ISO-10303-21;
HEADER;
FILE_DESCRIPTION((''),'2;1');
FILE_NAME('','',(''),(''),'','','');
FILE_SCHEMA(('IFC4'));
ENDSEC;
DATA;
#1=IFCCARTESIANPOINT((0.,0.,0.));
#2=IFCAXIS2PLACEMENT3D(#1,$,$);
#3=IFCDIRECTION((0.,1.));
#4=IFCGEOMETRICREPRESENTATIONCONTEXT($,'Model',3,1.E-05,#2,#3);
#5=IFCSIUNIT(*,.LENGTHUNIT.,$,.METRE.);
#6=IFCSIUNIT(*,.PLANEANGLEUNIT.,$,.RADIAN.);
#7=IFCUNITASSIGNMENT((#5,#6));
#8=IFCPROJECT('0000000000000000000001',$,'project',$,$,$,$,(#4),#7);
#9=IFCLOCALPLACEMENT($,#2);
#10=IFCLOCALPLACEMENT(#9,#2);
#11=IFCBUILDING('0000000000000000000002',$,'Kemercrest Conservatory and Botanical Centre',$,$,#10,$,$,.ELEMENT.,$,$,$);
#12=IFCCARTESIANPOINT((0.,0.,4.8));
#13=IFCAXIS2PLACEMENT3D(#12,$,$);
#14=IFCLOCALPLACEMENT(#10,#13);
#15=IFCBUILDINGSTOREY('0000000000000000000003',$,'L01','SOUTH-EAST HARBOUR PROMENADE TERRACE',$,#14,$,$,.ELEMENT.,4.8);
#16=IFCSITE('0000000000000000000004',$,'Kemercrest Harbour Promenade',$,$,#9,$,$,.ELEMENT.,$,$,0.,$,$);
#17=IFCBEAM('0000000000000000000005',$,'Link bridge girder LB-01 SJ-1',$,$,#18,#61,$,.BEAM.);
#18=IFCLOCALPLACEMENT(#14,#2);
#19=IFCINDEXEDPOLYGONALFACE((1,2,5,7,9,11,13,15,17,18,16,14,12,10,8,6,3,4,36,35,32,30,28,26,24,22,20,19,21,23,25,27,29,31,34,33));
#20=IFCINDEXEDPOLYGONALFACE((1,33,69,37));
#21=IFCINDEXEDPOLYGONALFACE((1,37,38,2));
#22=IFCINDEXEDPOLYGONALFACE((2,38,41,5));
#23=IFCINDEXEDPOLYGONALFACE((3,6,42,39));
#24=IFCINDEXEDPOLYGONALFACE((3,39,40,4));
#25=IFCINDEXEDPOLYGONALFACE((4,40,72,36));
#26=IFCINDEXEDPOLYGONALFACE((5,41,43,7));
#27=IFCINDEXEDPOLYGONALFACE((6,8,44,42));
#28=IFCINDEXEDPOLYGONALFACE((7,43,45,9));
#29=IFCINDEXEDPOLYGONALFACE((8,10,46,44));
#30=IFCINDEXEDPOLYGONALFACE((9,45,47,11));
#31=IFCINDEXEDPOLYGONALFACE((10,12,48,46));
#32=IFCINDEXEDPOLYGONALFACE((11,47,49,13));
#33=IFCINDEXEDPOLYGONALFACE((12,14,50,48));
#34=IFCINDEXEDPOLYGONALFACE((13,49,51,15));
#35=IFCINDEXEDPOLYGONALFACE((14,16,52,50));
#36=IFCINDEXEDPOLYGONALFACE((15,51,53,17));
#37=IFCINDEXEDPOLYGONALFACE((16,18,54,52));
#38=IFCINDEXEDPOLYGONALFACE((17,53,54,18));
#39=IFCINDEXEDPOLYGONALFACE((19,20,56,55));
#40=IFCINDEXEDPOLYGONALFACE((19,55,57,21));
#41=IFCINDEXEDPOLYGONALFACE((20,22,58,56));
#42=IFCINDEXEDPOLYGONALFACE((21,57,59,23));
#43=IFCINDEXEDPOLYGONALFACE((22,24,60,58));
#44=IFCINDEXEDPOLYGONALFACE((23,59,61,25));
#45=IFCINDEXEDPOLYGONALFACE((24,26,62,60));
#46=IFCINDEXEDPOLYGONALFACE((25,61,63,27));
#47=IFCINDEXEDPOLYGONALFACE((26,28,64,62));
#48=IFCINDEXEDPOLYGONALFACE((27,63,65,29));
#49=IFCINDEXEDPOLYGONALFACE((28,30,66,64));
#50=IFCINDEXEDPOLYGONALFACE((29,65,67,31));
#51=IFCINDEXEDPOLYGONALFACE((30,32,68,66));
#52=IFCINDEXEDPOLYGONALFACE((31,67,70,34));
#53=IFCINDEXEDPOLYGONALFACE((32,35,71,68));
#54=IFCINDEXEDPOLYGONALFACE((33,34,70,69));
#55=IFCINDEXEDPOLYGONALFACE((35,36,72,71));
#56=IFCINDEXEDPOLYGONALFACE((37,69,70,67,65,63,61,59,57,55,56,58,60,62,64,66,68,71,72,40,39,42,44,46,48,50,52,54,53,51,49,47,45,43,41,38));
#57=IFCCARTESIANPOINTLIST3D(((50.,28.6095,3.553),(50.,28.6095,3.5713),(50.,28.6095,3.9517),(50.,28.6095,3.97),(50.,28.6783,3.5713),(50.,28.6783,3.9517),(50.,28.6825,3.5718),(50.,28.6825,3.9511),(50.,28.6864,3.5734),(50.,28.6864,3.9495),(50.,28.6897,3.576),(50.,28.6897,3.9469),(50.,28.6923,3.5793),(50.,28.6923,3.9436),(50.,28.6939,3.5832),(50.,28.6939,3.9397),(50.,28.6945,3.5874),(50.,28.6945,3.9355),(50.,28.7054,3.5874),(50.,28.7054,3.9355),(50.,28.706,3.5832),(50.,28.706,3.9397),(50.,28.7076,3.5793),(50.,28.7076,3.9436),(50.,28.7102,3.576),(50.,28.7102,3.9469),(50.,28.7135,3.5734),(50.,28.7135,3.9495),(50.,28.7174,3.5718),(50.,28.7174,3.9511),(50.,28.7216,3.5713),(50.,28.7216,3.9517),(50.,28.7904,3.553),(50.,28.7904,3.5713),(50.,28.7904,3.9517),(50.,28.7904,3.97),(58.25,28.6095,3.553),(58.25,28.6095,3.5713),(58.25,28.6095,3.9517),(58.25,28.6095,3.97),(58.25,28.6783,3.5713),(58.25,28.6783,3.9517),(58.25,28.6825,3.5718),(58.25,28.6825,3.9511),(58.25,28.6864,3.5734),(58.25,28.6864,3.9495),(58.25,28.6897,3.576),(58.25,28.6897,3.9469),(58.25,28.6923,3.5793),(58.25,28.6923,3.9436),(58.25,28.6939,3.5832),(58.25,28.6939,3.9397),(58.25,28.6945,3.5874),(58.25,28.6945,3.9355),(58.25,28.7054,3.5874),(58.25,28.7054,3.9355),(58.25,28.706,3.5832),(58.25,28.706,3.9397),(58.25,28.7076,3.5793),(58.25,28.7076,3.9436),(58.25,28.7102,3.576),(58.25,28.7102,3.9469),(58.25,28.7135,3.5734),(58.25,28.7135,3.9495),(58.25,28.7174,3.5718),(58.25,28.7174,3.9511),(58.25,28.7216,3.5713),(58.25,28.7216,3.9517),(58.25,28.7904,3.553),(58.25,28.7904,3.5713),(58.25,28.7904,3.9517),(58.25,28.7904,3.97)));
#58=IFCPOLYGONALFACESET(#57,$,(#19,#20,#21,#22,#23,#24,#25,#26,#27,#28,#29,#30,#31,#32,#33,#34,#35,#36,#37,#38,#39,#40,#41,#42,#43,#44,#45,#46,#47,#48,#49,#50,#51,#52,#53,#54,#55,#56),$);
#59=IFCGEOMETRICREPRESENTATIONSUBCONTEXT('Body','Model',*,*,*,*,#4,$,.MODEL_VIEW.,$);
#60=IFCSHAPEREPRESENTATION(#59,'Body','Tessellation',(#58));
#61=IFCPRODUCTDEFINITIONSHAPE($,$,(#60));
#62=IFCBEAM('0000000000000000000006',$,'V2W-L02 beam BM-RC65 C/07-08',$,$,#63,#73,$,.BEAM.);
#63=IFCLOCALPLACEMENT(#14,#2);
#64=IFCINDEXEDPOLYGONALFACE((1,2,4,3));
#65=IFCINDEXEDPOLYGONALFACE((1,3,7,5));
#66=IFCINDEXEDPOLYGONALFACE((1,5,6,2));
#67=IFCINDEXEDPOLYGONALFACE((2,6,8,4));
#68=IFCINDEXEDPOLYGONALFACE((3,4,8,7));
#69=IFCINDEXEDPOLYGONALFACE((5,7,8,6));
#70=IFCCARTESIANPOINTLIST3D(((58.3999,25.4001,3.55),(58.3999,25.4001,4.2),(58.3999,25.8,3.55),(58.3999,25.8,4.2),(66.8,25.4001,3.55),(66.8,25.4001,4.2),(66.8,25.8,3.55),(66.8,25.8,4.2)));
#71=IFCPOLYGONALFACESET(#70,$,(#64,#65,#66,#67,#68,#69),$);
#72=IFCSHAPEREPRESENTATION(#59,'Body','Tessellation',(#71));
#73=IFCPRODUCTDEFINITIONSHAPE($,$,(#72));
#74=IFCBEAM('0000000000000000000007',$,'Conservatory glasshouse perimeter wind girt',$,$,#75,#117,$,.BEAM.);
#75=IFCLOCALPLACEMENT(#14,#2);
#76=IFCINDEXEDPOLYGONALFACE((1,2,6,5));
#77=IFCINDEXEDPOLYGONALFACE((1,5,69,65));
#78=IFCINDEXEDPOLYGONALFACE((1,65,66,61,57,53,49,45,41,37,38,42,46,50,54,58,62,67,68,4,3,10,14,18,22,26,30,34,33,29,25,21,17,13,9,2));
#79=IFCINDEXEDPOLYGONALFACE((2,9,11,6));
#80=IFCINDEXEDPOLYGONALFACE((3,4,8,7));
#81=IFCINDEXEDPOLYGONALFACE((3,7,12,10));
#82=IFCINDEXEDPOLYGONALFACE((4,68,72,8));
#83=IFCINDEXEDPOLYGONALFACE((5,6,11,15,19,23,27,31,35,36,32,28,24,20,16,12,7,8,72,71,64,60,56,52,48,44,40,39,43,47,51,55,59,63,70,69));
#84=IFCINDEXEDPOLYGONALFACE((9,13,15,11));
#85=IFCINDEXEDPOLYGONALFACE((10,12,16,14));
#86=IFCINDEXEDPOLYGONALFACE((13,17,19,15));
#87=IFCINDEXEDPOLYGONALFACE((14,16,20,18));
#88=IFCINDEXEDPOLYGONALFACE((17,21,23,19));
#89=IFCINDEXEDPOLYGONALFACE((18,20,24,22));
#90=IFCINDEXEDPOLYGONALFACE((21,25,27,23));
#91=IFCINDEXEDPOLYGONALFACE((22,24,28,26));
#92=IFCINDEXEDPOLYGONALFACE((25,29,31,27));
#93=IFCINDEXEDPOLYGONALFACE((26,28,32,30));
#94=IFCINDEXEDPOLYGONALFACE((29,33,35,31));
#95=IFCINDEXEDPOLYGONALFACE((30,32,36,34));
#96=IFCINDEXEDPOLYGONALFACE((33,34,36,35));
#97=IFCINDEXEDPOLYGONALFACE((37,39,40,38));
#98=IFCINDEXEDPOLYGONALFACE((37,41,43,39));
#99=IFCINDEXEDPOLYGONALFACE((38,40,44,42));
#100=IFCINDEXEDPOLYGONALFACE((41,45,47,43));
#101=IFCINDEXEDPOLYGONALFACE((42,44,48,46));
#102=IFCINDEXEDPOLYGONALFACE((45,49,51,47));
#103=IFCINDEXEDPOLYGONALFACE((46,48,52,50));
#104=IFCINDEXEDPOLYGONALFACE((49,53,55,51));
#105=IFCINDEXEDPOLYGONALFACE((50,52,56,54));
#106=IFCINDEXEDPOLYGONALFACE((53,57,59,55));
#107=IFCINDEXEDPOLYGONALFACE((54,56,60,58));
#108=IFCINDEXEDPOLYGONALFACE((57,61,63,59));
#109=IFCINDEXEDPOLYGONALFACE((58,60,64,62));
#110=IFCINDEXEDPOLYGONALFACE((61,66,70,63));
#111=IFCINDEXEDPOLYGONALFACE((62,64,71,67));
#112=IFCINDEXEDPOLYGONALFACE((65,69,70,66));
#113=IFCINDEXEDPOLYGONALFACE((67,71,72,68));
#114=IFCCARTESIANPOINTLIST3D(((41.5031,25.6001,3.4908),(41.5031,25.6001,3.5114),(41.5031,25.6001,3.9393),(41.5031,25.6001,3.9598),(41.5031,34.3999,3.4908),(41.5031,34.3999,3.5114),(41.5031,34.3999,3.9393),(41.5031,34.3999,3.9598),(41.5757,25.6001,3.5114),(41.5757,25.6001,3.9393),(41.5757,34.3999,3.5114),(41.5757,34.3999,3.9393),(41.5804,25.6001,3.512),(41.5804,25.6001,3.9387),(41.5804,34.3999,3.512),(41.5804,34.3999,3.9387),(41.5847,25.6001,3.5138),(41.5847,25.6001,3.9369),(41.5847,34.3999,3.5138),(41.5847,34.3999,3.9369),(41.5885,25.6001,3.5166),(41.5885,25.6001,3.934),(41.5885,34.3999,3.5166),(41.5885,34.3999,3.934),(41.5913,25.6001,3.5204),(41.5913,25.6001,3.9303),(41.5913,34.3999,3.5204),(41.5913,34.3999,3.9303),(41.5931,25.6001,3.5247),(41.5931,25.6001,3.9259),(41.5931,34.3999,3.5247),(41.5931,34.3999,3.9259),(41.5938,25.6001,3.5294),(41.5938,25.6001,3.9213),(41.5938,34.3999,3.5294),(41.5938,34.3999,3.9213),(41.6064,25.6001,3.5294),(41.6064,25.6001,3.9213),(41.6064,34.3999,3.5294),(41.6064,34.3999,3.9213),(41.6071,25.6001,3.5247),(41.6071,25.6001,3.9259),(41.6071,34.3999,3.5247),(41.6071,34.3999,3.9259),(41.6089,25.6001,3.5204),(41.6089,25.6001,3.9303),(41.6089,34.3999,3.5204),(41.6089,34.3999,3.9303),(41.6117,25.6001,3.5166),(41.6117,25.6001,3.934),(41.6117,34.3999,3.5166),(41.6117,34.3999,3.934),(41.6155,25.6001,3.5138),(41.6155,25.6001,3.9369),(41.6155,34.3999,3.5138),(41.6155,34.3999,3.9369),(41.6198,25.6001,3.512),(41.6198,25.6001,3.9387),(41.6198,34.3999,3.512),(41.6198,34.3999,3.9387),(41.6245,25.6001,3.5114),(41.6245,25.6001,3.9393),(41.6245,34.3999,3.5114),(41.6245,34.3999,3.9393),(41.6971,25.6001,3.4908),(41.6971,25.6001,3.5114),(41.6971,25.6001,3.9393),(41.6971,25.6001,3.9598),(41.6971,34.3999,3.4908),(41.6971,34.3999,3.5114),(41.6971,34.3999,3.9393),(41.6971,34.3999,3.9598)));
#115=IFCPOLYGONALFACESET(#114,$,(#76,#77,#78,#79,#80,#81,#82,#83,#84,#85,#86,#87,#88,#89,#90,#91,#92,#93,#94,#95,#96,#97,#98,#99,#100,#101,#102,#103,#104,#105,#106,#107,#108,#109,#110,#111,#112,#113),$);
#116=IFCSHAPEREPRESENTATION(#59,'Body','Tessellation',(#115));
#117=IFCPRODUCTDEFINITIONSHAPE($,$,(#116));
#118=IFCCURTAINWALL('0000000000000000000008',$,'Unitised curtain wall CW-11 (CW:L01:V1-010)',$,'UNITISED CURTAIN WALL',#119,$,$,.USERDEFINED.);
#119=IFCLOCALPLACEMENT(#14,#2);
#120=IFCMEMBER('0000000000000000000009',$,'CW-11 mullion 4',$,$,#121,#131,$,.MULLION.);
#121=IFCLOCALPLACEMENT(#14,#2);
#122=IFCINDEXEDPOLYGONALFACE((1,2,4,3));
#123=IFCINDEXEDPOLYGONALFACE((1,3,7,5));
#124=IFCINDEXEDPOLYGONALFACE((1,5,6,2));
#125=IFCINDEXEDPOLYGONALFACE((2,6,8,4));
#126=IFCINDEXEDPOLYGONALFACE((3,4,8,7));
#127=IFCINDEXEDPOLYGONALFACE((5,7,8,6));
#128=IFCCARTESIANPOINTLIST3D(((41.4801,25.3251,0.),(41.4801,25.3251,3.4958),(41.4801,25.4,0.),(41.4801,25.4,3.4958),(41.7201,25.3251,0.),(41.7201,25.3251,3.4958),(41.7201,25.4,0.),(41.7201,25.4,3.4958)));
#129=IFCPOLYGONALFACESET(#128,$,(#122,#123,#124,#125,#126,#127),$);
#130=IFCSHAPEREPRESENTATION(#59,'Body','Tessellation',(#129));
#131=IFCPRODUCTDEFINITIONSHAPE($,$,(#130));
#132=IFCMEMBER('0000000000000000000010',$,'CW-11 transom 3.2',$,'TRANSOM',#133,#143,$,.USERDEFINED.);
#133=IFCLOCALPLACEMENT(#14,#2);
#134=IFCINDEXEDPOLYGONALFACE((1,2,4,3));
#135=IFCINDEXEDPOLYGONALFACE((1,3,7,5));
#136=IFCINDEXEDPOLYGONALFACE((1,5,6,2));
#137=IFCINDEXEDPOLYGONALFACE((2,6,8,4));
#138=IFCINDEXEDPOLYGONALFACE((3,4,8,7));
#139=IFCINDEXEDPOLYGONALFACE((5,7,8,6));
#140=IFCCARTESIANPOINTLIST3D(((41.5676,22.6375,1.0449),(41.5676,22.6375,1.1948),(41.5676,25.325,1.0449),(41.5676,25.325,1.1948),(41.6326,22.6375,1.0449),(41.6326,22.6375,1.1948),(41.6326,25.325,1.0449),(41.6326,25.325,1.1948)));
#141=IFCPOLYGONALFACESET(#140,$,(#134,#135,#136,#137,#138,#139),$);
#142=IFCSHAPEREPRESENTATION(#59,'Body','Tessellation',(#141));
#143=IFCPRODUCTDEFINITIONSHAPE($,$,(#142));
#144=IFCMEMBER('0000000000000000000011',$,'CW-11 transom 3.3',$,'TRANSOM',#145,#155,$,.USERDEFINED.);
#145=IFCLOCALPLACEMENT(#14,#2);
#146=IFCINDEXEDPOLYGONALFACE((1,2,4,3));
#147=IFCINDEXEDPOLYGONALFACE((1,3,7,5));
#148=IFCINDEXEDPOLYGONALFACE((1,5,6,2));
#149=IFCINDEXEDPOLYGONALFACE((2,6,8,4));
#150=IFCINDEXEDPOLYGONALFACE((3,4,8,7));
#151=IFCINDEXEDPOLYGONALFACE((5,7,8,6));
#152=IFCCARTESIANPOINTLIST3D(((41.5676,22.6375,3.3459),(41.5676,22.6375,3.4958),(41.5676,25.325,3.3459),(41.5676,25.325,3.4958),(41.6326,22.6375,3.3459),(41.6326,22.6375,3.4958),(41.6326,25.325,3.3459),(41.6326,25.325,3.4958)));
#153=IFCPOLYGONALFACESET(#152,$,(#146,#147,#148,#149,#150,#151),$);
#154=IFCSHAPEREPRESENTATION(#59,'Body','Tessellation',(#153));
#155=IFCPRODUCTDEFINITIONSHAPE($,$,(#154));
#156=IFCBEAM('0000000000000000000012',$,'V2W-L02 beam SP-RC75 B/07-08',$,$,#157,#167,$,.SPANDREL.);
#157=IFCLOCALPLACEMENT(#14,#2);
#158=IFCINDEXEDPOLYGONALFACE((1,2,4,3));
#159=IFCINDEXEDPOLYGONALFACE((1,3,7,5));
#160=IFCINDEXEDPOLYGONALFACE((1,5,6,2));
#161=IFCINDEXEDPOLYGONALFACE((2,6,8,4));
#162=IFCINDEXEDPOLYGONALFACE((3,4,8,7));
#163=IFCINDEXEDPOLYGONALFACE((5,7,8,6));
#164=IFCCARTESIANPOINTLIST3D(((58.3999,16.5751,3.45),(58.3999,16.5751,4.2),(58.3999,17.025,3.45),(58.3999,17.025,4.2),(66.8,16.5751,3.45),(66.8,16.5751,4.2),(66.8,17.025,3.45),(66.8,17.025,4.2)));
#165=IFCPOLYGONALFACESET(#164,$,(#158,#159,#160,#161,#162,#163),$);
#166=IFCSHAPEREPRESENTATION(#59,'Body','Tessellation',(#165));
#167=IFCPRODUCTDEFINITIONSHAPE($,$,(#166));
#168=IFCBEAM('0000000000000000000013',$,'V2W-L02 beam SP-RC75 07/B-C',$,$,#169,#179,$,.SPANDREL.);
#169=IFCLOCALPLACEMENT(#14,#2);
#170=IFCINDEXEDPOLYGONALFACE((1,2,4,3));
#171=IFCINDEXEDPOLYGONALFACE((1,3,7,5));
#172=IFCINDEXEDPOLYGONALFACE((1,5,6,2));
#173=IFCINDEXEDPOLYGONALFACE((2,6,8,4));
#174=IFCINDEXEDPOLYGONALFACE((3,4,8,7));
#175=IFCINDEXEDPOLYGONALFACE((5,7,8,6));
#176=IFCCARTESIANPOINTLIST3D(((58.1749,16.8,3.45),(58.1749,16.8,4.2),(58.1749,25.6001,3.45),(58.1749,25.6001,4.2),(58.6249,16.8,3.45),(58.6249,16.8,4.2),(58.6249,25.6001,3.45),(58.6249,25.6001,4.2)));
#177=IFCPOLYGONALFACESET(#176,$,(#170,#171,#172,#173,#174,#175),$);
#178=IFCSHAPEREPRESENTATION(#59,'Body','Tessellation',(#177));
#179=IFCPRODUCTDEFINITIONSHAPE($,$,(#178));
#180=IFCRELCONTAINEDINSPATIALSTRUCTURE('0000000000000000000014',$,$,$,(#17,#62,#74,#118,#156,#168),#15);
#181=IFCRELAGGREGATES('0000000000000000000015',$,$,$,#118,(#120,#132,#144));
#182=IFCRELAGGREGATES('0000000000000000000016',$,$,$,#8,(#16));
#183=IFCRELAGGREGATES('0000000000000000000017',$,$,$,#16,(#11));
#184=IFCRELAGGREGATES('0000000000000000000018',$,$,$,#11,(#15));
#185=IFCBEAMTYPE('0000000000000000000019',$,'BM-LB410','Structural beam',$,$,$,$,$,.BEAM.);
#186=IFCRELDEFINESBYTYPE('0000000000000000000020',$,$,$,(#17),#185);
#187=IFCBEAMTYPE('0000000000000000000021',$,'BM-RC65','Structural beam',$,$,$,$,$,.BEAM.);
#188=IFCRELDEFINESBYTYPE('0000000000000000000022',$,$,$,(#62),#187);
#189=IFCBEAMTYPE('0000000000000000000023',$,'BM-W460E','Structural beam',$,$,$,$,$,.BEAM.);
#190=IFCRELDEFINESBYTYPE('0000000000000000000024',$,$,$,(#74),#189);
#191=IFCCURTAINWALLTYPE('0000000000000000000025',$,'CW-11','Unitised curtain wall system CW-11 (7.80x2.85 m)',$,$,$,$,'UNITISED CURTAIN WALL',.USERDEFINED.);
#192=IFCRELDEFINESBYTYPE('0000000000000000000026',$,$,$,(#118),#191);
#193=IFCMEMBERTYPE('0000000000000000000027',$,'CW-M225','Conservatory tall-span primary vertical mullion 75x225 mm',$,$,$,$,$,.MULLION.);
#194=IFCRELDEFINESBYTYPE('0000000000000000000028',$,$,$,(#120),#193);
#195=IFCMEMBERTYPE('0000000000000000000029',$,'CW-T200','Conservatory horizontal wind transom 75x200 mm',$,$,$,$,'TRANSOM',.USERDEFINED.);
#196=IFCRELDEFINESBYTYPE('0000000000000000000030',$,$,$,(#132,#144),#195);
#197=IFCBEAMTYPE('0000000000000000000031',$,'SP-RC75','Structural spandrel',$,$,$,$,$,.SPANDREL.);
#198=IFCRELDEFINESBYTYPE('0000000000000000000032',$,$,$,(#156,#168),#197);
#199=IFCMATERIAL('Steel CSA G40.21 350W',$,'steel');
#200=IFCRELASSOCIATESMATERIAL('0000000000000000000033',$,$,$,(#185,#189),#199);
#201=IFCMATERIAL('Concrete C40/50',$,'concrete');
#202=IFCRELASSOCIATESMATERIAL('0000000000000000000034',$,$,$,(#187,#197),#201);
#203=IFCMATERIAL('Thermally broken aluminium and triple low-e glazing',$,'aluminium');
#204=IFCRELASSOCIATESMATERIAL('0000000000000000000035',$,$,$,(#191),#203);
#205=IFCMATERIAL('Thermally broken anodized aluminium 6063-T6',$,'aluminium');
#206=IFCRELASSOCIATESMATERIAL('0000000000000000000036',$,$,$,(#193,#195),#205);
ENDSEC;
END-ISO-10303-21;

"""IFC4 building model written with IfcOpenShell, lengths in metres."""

from ifc_helpers import new_model, si_unit, direction, frame, origin, origin_2d, place, context, subcontext, project, spatial, rectangle, i_section, extrude, material, material_profile, profile_set, type_object, element, aggregate, save


model = new_model("IFC4")

# Units and contexts
model_context = context("Model", 3, precision=1e-05, world=origin(), true_north=direction((0.0, 1.0)))
body_context = subcontext(model_context, "Body", "Model", "MODEL_VIEW")
ifc_project = project(units=[si_unit("LENGTHUNIT", "METRE"), si_unit("PLANEANGLEUNIT", "RADIAN")], contexts=[model_context])

# Site, building, storey
site_placement = place(None, origin())
site = spatial("IfcSite", under=ifc_project, at=site_placement, Name="Kemercrest Harbour Promenade", CompositionType="ELEMENT", RefElevation=0.0)
building_placement = place(site_placement, origin())
building = spatial("IfcBuilding", under=site, at=building_placement, Name="Kemercrest Conservatory and Botanical Centre", CompositionType="ELEMENT")
storey_placement = place(building_placement, frame((0.0, 0.0, 4.8)))
storey = spatial("IfcBuildingStorey", under=building, at=storey_placement, Name="L01", Description="SOUTH-EAST HARBOUR PROMENADE TERRACE", CompositionType="ELEMENT", Elevation=4.8)

# Shared definitions
ifc_material_1 = material(Name="Concrete C40/50", Category="concrete")
ifc_material_2 = material(Name="Steel CSA G40.21 350W", Category="steel")

# Beams
ifc_material_profile_1 = material_profile(ifc_material_2, i_section(OverallWidth=0.1809, OverallDepth=0.417, WebThickness=0.011, FlangeThickness=0.0183, FilletRadius=0.0161, at=origin_2d()), Name="W410X85")
ifc_profile_set_1 = profile_set([ifc_material_profile_1], Name="Steel CSA G40.21 350W")
beam_type_1 = type_object("IfcBeamType", Name="BM-LB410", Description="Structural beam", PredefinedType="BEAM", material=ifc_profile_set_1)
beam_1_placement = place(storey_placement, frame((50.0, 28.7, 3.7615), z_axis=(1.0, 0.0, 0.0), x_axis=(0.0, 1.0, 0.0)))
element("IfcBeam", 1, at=beam_1_placement, inside=storey, type_object=beam_type_1, Name="Link bridge girder LB-01 SJ-1", PredefinedType="BEAM", context=body_context, shape_type="SweptSolid", body=[
    extrude(i_section(OverallWidth=0.1809, OverallDepth=0.417, WebThickness=0.011, FlangeThickness=0.0183, FilletRadius=0.0161, at=origin_2d()), origin(), (0.0, 0.0, 1.0), 8.25),
])
ifc_material_profile_2 = material_profile(ifc_material_1, rectangle(XDim=0.3999, YDim=0.6499, at=origin_2d()), Name="RC 400x650")
ifc_profile_set_2 = profile_set([ifc_material_profile_2], Name="Concrete C40/50")
beam_type_2 = type_object("IfcBeamType", Name="BM-RC65", Description="Structural beam", PredefinedType="BEAM", material=ifc_profile_set_2)
beam_2_placement = place(storey_placement, frame((58.3999, 25.6001, 3.875), z_axis=(1.0, 0.0, 0.0), x_axis=(0.0, 1.0, 0.0)))
element("IfcBeam", 2, at=beam_2_placement, inside=storey, type_object=beam_type_2, Name="V2W-L02 beam BM-RC65 C/07-08", PredefinedType="BEAM", context=body_context, shape_type="SweptSolid", body=[
    extrude(rectangle(XDim=0.3999, YDim=0.6499, at=origin_2d()), origin(), (0.0, 0.0, 1.0), 8.4001),
])
ifc_material_profile_3 = material_profile(ifc_material_2, i_section(OverallWidth=0.1941, OverallDepth=0.469, WebThickness=0.0127, FlangeThickness=0.0205, FilletRadius=0.0181, at=origin_2d()), Name="W460X106")
ifc_profile_set_3 = profile_set([ifc_material_profile_3], Name="Steel CSA G40.21 350W")
beam_type_3 = type_object("IfcBeamType", Name="BM-W460E", Description="Structural beam", PredefinedType="BEAM", material=ifc_profile_set_3)
beam_3_placement = place(storey_placement, frame((41.6001, 25.6001, 3.7253), z_axis=(0.0, 1.0, 0.0), x_axis=(-1.0, 0.0, 0.0)))
element("IfcBeam", 3, at=beam_3_placement, inside=storey, type_object=beam_type_3, Name="Conservatory glasshouse perimeter wind girt", PredefinedType="BEAM", context=body_context, shape_type="SweptSolid", body=[
    extrude(i_section(OverallWidth=0.1941, OverallDepth=0.469, WebThickness=0.0127, FlangeThickness=0.0205, FilletRadius=0.0181, at=origin_2d()), origin(), (0.0, 0.0, 1.0), 8.7998),
])

# Curtain wall, members
ifc_material_3 = material(Name="Thermally broken aluminium and triple low-e glazing", Category="aluminium")
curtain_wall_type = type_object("IfcCurtainWallType", Name="CW-11", Description="Unitised curtain wall system CW-11 (7.80x2.85 m)", ElementType="UNITISED CURTAIN WALL", PredefinedType="USERDEFINED", material=ifc_material_3)
curtain_wall_placement = place(storey_placement, origin())
curtain_wall = element("IfcCurtainWall", 4, at=curtain_wall_placement, inside=storey, type_object=curtain_wall_type, Name="Unitised curtain wall CW-11 (CW:L01:V1-010)", ObjectType="UNITISED CURTAIN WALL", PredefinedType="USERDEFINED")
ifc_material_4 = material(Name="Thermally broken anodized aluminium 6063-T6", Category="aluminium")
ifc_material_profile_4 = material_profile(ifc_material_4, rectangle(XDim=0.24, YDim=0.075, at=origin_2d()), Name="AL MULLION 75x240")
ifc_profile_set_4 = profile_set([ifc_material_profile_4], Name="Thermally broken anodized aluminium 6063-T6")
member_type_1 = type_object("IfcMemberType", Name="CW-M225", Description="Conservatory tall-span primary vertical mullion 75x225 mm", PredefinedType="MULLION", material=ifc_profile_set_4)
member_1_placement = place(storey_placement, frame((41.6001, 25.3625, 0.0), z_axis=(0.0, 0.0, 1.0), x_axis=(-1.0, 0.0, 0.0)))
member_1 = element("IfcMember", 5, at=member_1_placement, type_object=member_type_1, Name="CW-11 mullion 4", PredefinedType="MULLION", context=body_context, shape_type="SweptSolid", body=[
    extrude(rectangle(XDim=0.24, YDim=0.075, at=origin_2d()), origin(), (0.0, 0.0, 1.0), 3.4958),
])
ifc_material_profile_5 = material_profile(ifc_material_4, rectangle(XDim=0.0649, YDim=0.1499, at=origin_2d()), Name="AL TRANSOM 65x150")
ifc_profile_set_5 = profile_set([ifc_material_profile_5], Name="Thermally broken anodized aluminium 6063-T6")
member_type_2 = type_object("IfcMemberType", Name="CW-T200", Description="Conservatory horizontal wind transom 75x200 mm", ElementType="TRANSOM", PredefinedType="USERDEFINED", material=ifc_profile_set_5)
member_2_placement = place(storey_placement, frame((41.6001, 22.6375, 1.1199), z_axis=(0.0, 1.0, 0.0), x_axis=(-1.0, 0.0, 0.0)))
member_2 = element("IfcMember", 6, at=member_2_placement, type_object=member_type_2, Name="CW-11 transom 3.2", ObjectType="TRANSOM", PredefinedType="USERDEFINED", context=body_context, shape_type="SweptSolid", body=[
    extrude(rectangle(XDim=0.0649, YDim=0.1499, at=origin_2d()), origin(), (0.0, 0.0, 1.0), 2.6875),
])
member_3_placement = place(storey_placement, frame((41.6001, 22.6375, 3.4209), z_axis=(0.0, 1.0, 0.0), x_axis=(-1.0, 0.0, 0.0)))
member_3 = element("IfcMember", 7, at=member_3_placement, type_object=member_type_2, Name="CW-11 transom 3.3", ObjectType="TRANSOM", PredefinedType="USERDEFINED", context=body_context, shape_type="SweptSolid", body=[
    extrude(rectangle(XDim=0.0649, YDim=0.1499, at=origin_2d()), origin(), (0.0, 0.0, 1.0), 2.6875),
])

# Beams
ifc_material_profile_6 = material_profile(ifc_material_1, rectangle(XDim=0.45, YDim=0.75, at=origin_2d()), Name="RC 450x750")
ifc_profile_set_6 = profile_set([ifc_material_profile_6], Name="Concrete C40/50")
beam_type_4 = type_object("IfcBeamType", Name="SP-RC75", Description="Structural spandrel", PredefinedType="SPANDREL", material=ifc_profile_set_6)
beam_4_placement = place(storey_placement, frame((58.3999, 16.8, 3.825), z_axis=(1.0, 0.0, 0.0), x_axis=(0.0, 1.0, 0.0)))
element("IfcBeam", 8, at=beam_4_placement, inside=storey, type_object=beam_type_4, Name="V2W-L02 beam SP-RC75 B/07-08", PredefinedType="SPANDREL", context=body_context, shape_type="SweptSolid", body=[
    extrude(rectangle(XDim=0.45, YDim=0.75, at=origin_2d()), origin(), (0.0, 0.0, 1.0), 8.4001),
])
beam_5_placement = place(storey_placement, frame((58.3999, 16.8, 3.825), z_axis=(0.0, 1.0, 0.0), x_axis=(-1.0, 0.0, 0.0)))
element("IfcBeam", 9, at=beam_5_placement, inside=storey, type_object=beam_type_4, Name="V2W-L02 beam SP-RC75 07/B-C", PredefinedType="SPANDREL", context=body_context, shape_type="SweptSolid", body=[
    extrude(rectangle(XDim=0.45, YDim=0.75, at=origin_2d()), origin(), (0.0, 0.0, 1.0), 8.8),
])

aggregate(curtain_wall, [member_1, member_2, member_3])

save(model, "model.ifc")
